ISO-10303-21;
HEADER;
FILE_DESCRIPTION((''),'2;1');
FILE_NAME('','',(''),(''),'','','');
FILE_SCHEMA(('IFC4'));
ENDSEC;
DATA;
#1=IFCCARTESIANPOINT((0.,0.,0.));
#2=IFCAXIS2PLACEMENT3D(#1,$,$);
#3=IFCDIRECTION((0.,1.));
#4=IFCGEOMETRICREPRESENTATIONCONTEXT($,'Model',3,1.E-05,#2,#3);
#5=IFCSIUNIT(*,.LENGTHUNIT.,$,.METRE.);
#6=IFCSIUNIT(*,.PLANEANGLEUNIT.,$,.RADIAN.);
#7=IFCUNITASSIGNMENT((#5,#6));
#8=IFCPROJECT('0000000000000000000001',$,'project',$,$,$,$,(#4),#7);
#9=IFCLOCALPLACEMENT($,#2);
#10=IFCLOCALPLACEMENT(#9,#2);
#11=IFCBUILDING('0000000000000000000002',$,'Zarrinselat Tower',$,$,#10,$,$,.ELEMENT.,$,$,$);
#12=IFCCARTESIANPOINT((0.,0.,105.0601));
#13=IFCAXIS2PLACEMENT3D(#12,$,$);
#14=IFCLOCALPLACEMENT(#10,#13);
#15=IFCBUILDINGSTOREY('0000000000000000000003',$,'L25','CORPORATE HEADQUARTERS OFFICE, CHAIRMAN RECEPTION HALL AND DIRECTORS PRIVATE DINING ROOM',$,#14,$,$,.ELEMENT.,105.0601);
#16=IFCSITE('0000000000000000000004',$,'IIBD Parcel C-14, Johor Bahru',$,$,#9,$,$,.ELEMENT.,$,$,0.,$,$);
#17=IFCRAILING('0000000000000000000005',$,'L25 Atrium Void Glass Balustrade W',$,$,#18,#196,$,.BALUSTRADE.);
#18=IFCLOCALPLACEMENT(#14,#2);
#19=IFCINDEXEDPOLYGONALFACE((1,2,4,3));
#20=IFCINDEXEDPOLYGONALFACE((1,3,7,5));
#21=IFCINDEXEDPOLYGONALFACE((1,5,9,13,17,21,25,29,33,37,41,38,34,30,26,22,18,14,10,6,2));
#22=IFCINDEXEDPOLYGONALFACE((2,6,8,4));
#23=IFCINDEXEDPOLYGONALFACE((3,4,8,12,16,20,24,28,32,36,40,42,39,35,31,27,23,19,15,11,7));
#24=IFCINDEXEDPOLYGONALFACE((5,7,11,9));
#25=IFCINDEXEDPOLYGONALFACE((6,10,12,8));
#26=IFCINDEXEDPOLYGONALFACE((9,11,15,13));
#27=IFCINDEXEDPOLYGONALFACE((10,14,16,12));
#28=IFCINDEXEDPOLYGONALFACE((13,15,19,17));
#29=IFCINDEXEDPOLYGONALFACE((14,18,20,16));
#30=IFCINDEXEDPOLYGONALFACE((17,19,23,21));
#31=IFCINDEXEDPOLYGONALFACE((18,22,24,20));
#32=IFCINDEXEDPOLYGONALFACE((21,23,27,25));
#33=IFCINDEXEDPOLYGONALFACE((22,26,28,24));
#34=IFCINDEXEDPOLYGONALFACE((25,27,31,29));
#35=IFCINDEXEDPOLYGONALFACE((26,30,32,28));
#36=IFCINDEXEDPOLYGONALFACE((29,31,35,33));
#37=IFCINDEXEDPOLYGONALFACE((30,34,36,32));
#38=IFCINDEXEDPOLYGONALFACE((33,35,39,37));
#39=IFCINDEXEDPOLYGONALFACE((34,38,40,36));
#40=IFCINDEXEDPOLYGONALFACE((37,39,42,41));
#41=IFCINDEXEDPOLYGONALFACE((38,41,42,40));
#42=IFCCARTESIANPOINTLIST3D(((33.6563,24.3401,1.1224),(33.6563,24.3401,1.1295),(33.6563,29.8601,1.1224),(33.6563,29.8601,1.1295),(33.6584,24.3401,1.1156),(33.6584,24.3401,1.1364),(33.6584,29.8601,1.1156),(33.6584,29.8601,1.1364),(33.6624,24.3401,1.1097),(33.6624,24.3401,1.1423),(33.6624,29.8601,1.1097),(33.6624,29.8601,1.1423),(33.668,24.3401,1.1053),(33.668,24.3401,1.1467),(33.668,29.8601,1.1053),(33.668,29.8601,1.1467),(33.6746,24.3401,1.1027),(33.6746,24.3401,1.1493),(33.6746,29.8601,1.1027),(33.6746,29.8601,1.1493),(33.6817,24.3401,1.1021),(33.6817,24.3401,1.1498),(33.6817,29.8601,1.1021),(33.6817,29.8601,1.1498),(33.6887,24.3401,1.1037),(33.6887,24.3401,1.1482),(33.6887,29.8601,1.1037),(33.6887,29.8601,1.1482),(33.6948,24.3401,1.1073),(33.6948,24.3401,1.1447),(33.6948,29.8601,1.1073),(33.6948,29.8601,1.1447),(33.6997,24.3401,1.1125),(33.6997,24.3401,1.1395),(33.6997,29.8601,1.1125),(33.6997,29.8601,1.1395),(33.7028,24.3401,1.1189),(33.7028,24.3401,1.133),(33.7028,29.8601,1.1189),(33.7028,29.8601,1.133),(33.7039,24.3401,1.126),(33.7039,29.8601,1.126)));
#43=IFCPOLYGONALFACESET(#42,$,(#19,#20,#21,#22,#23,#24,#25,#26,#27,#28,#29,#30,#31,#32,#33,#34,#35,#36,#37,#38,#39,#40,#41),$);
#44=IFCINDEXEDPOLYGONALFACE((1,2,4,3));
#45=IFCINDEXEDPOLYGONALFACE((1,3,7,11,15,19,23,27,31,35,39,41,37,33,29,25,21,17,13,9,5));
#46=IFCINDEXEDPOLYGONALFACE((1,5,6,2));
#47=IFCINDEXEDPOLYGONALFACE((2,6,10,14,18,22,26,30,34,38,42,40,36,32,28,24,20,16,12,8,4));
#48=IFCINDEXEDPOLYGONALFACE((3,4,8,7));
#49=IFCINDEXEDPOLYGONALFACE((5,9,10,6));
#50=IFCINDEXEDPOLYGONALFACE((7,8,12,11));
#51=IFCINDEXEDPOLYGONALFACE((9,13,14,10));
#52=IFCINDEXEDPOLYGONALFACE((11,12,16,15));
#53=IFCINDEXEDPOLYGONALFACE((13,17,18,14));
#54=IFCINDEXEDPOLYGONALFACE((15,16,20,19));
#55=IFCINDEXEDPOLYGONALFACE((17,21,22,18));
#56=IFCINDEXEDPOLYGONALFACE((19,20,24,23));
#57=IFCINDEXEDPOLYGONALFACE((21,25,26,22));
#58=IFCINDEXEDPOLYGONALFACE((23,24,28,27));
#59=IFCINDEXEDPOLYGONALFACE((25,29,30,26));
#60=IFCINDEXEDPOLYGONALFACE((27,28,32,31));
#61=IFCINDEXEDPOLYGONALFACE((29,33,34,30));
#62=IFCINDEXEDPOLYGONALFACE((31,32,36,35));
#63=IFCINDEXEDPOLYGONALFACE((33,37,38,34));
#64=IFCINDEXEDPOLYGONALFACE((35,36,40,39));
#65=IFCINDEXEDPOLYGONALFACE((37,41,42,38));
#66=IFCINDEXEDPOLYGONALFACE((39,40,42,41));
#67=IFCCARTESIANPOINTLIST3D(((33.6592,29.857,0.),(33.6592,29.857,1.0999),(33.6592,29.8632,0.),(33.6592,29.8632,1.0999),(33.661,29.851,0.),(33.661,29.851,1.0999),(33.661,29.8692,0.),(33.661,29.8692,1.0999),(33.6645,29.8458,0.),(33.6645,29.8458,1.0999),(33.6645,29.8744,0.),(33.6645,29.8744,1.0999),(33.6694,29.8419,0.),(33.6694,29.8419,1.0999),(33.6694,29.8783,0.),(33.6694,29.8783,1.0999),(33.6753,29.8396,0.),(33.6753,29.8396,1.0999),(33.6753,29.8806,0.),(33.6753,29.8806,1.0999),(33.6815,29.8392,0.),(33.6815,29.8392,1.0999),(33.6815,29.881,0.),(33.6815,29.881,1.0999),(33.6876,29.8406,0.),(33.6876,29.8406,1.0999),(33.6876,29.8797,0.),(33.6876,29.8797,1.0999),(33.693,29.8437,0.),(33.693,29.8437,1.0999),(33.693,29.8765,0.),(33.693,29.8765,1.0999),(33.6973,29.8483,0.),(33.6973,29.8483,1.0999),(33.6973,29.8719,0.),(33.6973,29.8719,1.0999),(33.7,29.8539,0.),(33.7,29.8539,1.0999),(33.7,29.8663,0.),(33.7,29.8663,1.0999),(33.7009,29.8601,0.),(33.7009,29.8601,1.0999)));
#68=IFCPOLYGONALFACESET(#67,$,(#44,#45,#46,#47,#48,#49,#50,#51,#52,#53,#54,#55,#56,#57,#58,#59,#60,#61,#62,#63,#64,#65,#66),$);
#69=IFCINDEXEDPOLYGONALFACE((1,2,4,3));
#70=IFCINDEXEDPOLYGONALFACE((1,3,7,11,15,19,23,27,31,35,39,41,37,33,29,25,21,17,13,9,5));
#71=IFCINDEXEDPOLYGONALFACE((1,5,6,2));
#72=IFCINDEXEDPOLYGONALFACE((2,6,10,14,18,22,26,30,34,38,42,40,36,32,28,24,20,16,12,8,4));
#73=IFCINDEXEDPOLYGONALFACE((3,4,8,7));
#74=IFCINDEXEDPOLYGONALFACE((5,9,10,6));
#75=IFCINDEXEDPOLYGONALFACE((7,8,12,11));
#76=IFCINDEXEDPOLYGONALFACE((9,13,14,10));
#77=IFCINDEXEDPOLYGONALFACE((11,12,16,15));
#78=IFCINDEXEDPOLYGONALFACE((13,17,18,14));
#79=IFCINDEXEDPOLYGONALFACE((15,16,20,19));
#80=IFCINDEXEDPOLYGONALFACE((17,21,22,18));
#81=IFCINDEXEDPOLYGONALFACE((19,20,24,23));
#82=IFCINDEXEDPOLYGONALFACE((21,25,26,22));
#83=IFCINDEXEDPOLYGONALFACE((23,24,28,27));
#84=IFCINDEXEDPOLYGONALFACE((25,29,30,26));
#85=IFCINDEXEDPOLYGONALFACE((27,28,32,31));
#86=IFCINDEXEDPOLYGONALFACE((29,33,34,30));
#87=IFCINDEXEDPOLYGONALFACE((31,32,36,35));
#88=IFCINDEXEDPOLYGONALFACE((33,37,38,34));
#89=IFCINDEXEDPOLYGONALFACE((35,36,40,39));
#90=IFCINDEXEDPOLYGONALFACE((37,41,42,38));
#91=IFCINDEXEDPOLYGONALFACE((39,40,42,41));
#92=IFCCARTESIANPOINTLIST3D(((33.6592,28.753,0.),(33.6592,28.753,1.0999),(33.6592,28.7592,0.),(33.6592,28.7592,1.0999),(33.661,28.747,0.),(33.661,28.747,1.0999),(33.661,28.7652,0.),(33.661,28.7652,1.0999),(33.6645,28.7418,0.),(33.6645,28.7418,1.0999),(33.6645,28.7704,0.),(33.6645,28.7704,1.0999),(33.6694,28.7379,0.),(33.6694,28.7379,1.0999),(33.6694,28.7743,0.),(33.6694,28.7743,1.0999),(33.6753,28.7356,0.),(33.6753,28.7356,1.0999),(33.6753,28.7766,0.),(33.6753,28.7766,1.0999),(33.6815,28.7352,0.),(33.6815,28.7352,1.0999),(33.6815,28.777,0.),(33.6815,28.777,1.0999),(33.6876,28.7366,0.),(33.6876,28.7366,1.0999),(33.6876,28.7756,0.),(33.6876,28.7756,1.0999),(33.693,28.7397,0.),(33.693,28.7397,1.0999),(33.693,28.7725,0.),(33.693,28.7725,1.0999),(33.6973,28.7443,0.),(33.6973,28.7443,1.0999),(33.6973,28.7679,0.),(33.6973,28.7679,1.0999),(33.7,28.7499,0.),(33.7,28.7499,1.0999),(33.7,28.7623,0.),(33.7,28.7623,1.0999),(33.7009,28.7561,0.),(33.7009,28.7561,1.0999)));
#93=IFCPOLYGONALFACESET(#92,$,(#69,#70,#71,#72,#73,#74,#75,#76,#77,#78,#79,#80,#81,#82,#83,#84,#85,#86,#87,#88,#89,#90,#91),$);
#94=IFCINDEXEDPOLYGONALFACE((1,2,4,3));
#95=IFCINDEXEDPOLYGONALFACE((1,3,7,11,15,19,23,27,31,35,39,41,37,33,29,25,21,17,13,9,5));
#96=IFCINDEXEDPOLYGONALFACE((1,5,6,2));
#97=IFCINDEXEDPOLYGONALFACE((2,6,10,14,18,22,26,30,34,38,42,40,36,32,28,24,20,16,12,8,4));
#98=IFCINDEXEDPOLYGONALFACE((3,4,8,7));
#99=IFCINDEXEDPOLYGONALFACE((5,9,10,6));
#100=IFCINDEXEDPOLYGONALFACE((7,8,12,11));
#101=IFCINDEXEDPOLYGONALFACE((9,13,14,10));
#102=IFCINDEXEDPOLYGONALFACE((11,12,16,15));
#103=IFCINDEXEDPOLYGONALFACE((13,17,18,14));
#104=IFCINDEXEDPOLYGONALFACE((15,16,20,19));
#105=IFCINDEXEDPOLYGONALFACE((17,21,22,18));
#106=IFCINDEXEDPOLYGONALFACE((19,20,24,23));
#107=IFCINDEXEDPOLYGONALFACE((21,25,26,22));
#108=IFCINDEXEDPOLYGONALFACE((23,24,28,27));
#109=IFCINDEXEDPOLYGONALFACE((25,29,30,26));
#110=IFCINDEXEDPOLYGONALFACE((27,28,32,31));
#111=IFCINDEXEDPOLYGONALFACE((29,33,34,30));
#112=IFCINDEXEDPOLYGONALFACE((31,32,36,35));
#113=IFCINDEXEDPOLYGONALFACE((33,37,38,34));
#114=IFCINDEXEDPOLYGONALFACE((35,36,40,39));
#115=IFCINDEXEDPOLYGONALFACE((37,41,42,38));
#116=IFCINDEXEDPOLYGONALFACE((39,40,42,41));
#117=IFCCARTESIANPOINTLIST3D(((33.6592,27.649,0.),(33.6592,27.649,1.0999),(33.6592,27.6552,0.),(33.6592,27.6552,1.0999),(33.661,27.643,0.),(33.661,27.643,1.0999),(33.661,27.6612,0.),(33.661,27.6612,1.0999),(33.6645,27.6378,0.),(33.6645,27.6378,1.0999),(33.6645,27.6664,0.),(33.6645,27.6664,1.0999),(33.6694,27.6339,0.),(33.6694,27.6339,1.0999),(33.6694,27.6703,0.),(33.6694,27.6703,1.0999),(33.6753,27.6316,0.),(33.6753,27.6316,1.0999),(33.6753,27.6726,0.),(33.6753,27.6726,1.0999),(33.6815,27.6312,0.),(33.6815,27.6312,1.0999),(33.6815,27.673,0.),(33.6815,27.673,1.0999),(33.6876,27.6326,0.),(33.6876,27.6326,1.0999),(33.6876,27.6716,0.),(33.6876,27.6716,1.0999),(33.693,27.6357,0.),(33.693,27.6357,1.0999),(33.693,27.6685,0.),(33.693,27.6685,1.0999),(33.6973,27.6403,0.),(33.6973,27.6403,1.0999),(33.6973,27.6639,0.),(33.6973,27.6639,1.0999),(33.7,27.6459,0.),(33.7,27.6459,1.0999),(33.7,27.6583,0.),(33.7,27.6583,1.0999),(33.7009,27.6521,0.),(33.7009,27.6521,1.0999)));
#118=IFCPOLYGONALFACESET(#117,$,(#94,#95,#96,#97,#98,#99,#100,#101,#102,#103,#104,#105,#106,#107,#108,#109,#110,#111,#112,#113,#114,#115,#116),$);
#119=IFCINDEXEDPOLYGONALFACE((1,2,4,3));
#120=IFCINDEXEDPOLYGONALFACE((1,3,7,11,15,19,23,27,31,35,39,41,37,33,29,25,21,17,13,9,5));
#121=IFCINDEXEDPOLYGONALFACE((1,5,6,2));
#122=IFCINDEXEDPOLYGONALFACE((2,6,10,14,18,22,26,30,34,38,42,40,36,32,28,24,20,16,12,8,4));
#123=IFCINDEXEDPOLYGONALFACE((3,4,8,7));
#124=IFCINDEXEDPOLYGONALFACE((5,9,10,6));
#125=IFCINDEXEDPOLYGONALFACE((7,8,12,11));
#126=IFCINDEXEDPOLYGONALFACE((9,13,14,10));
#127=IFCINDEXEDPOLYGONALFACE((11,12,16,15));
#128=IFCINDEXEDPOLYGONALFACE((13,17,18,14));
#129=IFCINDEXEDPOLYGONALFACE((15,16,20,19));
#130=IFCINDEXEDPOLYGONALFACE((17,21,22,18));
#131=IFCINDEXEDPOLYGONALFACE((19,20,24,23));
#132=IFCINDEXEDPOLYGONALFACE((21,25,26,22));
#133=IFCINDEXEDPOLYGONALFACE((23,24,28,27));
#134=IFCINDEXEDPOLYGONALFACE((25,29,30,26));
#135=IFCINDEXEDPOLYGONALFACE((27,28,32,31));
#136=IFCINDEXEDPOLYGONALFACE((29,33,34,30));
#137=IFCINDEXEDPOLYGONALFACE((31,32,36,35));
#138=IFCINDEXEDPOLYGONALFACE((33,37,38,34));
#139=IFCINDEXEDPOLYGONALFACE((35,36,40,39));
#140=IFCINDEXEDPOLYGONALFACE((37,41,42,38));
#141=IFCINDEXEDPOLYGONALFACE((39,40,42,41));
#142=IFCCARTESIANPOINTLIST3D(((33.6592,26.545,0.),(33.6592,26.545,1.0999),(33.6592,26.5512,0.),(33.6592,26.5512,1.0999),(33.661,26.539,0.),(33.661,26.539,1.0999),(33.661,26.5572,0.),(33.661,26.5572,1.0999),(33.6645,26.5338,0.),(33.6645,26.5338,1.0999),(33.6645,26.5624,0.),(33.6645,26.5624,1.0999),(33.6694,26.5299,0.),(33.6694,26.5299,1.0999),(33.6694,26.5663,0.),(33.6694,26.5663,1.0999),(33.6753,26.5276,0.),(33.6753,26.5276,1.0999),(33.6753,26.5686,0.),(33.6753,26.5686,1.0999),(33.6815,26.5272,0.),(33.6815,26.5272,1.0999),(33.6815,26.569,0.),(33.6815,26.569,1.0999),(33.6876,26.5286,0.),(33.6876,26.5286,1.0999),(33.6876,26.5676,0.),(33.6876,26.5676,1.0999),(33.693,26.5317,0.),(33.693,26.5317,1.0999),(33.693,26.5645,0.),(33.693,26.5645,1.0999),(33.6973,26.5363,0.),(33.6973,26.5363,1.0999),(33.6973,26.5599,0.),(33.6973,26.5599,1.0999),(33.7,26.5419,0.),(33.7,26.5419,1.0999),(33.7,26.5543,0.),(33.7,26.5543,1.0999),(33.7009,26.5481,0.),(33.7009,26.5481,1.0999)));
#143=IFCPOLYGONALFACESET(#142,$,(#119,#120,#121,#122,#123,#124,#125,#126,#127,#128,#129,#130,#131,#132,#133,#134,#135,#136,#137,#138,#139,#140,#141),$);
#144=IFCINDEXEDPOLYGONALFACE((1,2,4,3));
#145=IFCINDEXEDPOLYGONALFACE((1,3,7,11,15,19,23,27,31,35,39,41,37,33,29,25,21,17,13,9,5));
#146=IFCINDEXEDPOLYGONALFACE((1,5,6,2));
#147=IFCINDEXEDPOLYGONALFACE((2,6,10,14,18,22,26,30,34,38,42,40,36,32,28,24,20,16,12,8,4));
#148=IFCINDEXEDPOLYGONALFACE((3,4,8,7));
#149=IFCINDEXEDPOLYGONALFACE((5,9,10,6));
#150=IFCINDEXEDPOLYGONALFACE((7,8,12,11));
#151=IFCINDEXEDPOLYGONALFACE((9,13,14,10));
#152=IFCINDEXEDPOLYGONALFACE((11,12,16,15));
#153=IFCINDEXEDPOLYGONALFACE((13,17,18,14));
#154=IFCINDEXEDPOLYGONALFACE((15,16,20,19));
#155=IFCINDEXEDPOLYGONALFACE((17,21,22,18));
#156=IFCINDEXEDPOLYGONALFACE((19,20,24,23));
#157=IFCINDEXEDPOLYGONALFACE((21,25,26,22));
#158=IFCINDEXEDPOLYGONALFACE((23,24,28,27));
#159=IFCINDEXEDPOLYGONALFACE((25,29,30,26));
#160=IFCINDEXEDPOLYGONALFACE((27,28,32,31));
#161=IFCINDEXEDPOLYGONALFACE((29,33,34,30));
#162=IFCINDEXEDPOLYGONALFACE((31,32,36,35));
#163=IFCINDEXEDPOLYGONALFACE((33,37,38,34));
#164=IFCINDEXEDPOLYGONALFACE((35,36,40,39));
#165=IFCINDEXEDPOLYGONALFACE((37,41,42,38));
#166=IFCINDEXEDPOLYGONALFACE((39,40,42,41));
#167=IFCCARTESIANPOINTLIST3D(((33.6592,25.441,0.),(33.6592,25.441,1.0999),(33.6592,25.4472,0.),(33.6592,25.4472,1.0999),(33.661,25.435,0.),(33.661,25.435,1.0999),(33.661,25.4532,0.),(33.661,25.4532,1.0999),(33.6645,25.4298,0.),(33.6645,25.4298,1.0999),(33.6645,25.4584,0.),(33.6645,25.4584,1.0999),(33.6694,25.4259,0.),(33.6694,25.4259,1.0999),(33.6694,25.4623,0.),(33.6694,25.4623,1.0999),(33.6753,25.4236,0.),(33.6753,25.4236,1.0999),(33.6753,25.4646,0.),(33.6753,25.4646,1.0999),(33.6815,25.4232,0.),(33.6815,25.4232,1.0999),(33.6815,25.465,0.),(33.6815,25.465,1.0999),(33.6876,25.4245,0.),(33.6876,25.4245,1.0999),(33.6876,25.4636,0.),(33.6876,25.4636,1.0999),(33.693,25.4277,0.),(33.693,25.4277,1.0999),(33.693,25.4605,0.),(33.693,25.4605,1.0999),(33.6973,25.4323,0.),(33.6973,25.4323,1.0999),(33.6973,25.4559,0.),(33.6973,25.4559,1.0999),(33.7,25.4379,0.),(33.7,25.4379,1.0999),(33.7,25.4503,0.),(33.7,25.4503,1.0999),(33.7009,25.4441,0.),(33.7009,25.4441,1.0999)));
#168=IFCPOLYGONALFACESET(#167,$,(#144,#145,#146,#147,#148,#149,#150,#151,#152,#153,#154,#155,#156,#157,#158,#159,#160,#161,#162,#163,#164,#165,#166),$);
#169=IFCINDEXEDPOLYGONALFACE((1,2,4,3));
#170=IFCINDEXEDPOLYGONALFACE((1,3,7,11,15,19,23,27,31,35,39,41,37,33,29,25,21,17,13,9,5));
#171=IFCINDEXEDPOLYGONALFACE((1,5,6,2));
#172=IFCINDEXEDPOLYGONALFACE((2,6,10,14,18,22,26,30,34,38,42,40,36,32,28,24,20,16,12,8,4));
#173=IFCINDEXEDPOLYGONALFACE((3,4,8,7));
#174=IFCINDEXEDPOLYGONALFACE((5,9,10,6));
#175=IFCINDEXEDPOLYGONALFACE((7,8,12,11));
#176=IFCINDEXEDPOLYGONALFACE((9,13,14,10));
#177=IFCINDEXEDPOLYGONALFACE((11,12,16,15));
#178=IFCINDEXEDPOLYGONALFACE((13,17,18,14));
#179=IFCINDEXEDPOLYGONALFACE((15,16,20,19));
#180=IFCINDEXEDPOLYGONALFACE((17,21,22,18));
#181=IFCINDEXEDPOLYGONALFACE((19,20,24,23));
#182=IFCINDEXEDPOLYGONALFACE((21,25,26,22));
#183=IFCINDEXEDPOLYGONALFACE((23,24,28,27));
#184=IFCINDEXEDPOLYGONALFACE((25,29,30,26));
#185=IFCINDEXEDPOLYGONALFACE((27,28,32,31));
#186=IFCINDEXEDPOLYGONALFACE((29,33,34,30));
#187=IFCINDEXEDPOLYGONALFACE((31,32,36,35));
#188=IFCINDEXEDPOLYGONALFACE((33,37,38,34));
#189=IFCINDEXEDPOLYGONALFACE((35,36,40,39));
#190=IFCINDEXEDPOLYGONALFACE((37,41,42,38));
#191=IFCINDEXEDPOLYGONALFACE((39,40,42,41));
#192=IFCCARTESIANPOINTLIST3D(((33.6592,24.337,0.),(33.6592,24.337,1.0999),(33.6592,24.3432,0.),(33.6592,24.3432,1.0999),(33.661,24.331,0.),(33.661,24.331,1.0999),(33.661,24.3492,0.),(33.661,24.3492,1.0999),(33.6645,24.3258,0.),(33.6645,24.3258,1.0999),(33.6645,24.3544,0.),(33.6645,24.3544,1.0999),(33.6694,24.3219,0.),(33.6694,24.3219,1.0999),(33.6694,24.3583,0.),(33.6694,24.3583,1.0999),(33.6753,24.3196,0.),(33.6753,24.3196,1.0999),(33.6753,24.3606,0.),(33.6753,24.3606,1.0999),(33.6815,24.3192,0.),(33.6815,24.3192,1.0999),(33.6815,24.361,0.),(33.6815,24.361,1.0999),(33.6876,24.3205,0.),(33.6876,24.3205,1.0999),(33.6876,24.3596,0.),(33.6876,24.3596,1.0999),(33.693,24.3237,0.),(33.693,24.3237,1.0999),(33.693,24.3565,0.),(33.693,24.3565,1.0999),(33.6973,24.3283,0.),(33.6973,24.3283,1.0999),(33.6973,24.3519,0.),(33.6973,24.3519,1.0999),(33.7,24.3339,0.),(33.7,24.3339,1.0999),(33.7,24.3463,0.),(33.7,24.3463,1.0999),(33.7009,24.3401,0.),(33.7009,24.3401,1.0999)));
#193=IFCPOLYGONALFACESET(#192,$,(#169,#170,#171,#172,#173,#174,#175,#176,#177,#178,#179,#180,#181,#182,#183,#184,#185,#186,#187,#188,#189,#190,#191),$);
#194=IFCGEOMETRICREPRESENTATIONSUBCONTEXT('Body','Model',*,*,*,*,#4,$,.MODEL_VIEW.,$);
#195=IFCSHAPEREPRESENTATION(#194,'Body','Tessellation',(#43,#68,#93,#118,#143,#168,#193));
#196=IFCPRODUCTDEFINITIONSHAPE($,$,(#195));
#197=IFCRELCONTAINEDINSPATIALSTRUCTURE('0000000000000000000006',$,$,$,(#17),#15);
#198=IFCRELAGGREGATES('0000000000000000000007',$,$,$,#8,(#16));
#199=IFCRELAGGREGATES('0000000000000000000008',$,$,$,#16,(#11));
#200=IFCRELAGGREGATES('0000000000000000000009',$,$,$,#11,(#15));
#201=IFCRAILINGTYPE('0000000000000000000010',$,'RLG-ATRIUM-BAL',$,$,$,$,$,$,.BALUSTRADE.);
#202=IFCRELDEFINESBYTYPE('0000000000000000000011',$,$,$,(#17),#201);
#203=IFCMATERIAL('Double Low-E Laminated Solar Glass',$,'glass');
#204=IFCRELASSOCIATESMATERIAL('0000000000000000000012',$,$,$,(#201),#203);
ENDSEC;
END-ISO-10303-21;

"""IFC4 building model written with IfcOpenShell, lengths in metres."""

from ifc_helpers import new_model, si_unit, direction, frame, origin, origin_2d, place, context, subcontext, project, spatial, circle, extrude, material, type_object, element, save


model = new_model("IFC4")

# Units and contexts
model_context = context("Model", 3, precision=1e-05, world=origin(), true_north=direction((0.0, 1.0)))
body_context = subcontext(model_context, "Body", "Model", "MODEL_VIEW")
ifc_project = project(units=[si_unit("LENGTHUNIT", "METRE"), si_unit("PLANEANGLEUNIT", "RADIAN")], contexts=[model_context])

# Site, building, storey
site_placement = place(None, origin())
site = spatial("IfcSite", under=ifc_project, at=site_placement, Name="IIBD Parcel C-14, Johor Bahru", CompositionType="ELEMENT", RefElevation=0.0)
building_placement = place(site_placement, origin())
building = spatial("IfcBuilding", under=site, at=building_placement, Name="Zarrinselat Tower", CompositionType="ELEMENT")
storey_placement = place(building_placement, frame((0.0, 0.0, 105.0601)))
storey = spatial("IfcBuildingStorey", under=building, at=storey_placement, Name="L25", Description="CORPORATE HEADQUARTERS OFFICE, CHAIRMAN RECEPTION HALL AND DIRECTORS PRIVATE DINING ROOM", CompositionType="ELEMENT", Elevation=105.0601)

# Railing
ifc_material_1 = material(Name="Double Low-E Laminated Solar Glass", Category="glass")
railing_type_1 = type_object("IfcRailingType", Name="RLG-ATRIUM-BAL", PredefinedType="BALUSTRADE", material=ifc_material_1)
railing_1_placement = place(storey_placement, frame((33.6799, 29.8601, 0.0)))
element("IfcRailing", 1, at=railing_1_placement, inside=storey, type_object=railing_type_1, Name="L25 Atrium Void Glass Balustrade W", PredefinedType="BALUSTRADE", context=body_context, shape_type="SweptSolid", body=[
    extrude(circle(Radius=0.0239, at=origin_2d()), frame((0.0, 0.0, 1.126), z_axis=(0.0, -1.0, 0.0), x_axis=(1.0, 0.0, 0.0)), (0.0, 0.0, 1.0), 5.52),
    extrude(circle(Radius=0.021, at=origin_2d()), origin(), (0.0, 0.0, 1.0), 1.0999),
    extrude(circle(Radius=0.021, at=origin_2d()), frame((0.0, -1.104, 0.0)), (0.0, 0.0, 1.0), 1.0999),
    extrude(circle(Radius=0.021, at=origin_2d()), frame((0.0, -2.208, 0.0)), (0.0, 0.0, 1.0), 1.0999),
    extrude(circle(Radius=0.021, at=origin_2d()), frame((0.0, -3.312, 0.0)), (0.0, 0.0, 1.0), 1.0999),
    extrude(circle(Radius=0.021, at=origin_2d()), frame((0.0, -4.416, 0.0)), (0.0, 0.0, 1.0), 1.0999),
    extrude(circle(Radius=0.021, at=origin_2d()), frame((0.0, -5.52, 0.0)), (0.0, 0.0, 1.0), 1.0999),
])

save(model, "model.ifc")
